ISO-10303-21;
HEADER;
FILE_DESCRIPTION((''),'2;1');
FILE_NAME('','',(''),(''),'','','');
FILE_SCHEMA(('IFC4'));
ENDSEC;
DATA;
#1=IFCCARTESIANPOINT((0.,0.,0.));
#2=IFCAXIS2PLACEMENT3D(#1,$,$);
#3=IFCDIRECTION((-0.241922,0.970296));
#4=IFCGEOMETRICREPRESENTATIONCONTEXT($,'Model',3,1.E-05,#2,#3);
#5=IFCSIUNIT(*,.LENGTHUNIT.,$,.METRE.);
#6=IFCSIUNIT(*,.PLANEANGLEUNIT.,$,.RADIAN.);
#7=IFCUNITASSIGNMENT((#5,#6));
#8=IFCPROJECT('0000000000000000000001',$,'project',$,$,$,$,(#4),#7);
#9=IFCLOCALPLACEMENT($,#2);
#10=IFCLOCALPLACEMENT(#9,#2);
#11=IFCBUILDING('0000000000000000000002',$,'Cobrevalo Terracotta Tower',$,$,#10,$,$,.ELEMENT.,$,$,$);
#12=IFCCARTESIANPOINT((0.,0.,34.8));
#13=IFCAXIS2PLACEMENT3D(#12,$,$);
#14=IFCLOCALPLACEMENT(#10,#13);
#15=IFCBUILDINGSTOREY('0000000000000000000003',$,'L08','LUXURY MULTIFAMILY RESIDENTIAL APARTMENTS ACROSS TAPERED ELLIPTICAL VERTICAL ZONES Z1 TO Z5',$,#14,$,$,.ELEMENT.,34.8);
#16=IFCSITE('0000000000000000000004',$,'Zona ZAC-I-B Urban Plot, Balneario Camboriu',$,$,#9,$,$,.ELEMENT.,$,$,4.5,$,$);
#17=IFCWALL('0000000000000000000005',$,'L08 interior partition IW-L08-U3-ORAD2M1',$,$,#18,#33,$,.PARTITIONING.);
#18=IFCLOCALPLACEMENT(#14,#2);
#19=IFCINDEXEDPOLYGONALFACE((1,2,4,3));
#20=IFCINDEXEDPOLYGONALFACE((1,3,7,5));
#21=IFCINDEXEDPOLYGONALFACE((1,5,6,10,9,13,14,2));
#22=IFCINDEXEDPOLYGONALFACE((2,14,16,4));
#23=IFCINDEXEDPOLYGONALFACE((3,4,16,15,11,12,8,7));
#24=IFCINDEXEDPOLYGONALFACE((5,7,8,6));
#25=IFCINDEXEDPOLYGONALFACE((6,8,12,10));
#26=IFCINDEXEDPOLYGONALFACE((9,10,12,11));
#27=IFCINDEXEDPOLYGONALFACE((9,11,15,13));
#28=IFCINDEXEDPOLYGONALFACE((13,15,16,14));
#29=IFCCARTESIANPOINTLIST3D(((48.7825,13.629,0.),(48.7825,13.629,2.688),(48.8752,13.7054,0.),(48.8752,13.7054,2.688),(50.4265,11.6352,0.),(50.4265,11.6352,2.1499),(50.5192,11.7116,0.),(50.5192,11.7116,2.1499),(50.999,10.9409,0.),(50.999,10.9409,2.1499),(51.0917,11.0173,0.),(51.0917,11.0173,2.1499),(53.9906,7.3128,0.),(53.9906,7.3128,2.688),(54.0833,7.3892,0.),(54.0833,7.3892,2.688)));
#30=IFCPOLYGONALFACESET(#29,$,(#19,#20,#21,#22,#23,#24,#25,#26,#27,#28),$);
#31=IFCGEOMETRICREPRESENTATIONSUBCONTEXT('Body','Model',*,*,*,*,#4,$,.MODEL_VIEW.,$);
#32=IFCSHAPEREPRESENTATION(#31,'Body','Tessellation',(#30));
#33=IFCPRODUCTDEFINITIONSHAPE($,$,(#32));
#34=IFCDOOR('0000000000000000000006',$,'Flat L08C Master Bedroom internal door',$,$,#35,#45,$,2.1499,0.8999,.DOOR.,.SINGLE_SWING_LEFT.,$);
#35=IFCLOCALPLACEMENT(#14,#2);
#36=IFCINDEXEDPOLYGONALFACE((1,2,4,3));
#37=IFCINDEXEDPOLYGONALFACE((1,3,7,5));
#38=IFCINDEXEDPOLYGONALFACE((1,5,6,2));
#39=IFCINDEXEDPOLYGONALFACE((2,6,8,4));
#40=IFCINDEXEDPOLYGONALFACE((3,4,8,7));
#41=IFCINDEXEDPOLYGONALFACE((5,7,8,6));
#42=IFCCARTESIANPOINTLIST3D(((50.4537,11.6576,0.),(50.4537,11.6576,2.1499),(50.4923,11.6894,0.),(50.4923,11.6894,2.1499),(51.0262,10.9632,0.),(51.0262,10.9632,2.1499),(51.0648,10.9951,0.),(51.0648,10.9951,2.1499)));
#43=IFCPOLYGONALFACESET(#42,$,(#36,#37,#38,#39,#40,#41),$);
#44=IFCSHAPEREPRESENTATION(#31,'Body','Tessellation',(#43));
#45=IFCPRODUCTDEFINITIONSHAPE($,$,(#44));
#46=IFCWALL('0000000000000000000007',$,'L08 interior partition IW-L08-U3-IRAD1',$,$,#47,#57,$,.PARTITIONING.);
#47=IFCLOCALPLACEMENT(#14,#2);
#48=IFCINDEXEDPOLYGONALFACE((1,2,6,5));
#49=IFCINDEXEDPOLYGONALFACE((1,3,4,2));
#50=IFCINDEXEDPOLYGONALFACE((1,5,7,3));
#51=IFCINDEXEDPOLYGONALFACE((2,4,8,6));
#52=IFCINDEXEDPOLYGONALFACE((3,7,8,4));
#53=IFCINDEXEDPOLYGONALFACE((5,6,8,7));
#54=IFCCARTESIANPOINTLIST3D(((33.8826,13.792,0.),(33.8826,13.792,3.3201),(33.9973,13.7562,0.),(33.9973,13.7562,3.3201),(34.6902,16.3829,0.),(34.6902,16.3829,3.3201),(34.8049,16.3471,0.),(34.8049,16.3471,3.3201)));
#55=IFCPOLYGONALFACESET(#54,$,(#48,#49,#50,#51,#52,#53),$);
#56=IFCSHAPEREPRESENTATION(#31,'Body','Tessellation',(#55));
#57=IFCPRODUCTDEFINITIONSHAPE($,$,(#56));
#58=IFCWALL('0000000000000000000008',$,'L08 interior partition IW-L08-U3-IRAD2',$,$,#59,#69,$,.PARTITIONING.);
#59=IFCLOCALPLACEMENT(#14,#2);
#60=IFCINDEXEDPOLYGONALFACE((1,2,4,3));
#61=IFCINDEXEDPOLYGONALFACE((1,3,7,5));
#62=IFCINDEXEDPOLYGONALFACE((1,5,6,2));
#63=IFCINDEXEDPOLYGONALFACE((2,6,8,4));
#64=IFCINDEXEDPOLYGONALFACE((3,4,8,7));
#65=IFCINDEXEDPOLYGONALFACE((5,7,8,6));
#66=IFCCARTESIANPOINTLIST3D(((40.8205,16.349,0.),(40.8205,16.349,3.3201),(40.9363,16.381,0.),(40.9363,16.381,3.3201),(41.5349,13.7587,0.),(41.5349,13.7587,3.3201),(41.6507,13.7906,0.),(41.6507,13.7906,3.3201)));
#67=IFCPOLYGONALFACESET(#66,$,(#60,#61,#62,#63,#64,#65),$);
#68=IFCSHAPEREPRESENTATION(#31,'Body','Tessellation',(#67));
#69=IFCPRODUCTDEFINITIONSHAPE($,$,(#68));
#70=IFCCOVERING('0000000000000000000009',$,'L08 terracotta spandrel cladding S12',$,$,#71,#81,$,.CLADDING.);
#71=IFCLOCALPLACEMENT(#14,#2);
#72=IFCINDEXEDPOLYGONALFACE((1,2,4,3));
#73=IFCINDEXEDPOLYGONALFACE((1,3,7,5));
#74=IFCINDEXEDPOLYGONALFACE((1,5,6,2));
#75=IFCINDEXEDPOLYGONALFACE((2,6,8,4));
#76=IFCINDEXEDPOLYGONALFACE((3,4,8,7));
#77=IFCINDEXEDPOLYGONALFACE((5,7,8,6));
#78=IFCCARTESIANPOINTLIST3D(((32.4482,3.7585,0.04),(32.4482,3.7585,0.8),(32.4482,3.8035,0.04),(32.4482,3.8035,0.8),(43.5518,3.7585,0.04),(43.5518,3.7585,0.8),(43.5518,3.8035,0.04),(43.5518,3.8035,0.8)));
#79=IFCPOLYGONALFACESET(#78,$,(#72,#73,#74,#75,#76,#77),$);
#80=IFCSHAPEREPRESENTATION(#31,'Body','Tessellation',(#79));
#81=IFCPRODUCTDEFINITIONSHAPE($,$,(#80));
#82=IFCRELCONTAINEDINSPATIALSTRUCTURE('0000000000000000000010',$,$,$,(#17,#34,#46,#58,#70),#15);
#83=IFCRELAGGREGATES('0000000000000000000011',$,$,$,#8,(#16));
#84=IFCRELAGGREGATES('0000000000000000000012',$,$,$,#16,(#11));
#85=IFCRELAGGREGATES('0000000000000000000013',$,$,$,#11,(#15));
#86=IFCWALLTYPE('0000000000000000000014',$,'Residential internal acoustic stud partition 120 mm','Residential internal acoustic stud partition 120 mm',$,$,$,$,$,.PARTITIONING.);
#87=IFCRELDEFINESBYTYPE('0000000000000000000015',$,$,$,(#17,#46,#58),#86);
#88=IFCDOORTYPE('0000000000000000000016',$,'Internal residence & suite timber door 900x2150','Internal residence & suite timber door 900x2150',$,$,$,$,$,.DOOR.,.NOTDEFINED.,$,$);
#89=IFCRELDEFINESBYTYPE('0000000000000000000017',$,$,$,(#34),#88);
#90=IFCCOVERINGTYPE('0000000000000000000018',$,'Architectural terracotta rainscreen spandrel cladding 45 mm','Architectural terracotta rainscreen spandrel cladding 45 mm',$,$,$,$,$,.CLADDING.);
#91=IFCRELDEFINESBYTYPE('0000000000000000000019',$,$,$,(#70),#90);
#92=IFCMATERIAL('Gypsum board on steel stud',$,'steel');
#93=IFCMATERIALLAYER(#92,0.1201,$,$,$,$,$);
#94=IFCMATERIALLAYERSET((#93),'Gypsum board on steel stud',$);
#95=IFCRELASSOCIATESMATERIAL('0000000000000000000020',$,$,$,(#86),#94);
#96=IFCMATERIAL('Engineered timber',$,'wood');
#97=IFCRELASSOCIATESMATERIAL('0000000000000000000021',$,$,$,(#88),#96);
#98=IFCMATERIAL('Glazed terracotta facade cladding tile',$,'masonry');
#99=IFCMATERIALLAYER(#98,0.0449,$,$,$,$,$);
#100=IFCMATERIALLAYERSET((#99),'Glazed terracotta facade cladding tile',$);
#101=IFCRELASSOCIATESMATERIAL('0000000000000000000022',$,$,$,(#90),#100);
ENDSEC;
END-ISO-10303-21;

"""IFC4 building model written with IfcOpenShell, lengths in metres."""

from ifc_helpers import new_model, si_unit, direction, frame, frame_2d, origin, origin_2d, place, context, subcontext, project, spatial, rectangle, extrude, source, transform, mapped, material, layer, layer_set, type_object, element, fill, save


model = new_model("IFC4")

# Units and contexts
model_context = context("Model", 3, precision=1e-05, world=origin(), true_north=direction((-0.241922, 0.970296)))
body_context = subcontext(model_context, "Body", "Model", "MODEL_VIEW")
ifc_project = project(units=[si_unit("LENGTHUNIT", "METRE"), si_unit("PLANEANGLEUNIT", "RADIAN")], contexts=[model_context])

# Site, building, storey
site_placement = place(None, origin())
site = spatial("IfcSite", under=ifc_project, at=site_placement, Name="Zona ZAC-I-B Urban Plot, Balneario Camboriu", CompositionType="ELEMENT", RefElevation=4.5)
building_placement = place(site_placement, origin())
building = spatial("IfcBuilding", under=site, at=building_placement, Name="Cobrevalo Terracotta Tower", CompositionType="ELEMENT")
storey_placement = place(building_placement, frame((0.0, 0.0, 34.8)))
storey = spatial("IfcBuildingStorey", under=building, at=storey_placement, Name="L08", Description="LUXURY MULTIFAMILY RESIDENTIAL APARTMENTS ACROSS TAPERED ELLIPTICAL VERTICAL ZONES Z1 TO Z5", CompositionType="ELEMENT", Elevation=34.8)

# Wall, opening, door
ifc_material_1 = material(Name="Gypsum board on steel stud", Category="steel")
ifc_layer_1 = layer(ifc_material_1, 0.1201)
ifc_layer_set_1 = layer_set([ifc_layer_1], Name="Gypsum board on steel stud")
wall_type = type_object("IfcWallType", Name="Residential internal acoustic stud partition 120 mm", Description="Residential internal acoustic stud partition 120 mm", PredefinedType="PARTITIONING", material=ifc_layer_set_1)
ifc_material_2 = material(Name="Engineered timber", Category="wood")
door_type_1 = type_object("IfcDoorType", Name="Internal residence & suite timber door 900x2150", Description="Internal residence & suite timber door 900x2150", OperationType="NOTDEFINED", PredefinedType="DOOR", material=ifc_material_2)
shared_shape_1 = source(origin(), body_context, "Body", "SweptSolid", [
    extrude(rectangle(XDim=0.8999, YDim=2.1499, at=frame_2d((0.45, 1.075))), frame((0.0, 0.0249, 0.0), z_axis=(0.0, -1.0, 0.0), x_axis=(1.0, 0.0, 0.0)), (0.0, 0.0, 1.0), 0.05),
])
wall_1_placement = place(storey_placement, frame((48.8289, 13.6672, 0.0), z_axis=(0.0, 0.0, 1.0), x_axis=(0.636178, -0.771543, 0.0)))
wall_1 = element("IfcWall", 1, at=wall_1_placement, inside=storey, type_object=wall_type, Name="L08 interior partition IW-L08-U3-ORAD2M1", PredefinedType="PARTITIONING", context=body_context, shape_type="SweptSolid", body=[
    extrude(rectangle(XDim=8.1865, YDim=0.1201, at=frame_2d((4.0933, 0.0))), origin(), (0.0, 0.0, 1.0), 2.688),
])
opening_1_placement = place(wall_1_placement, frame((2.5842, 0.0, 0.0)))
opening_1 = element("IfcOpeningElement", 2, at=opening_1_placement, cuts=wall_1, PredefinedType="OPENING", context=body_context, shape_type="SweptSolid", body=[
    extrude(rectangle(XDim=0.8999, YDim=2.1499, at=frame_2d((0.45, 1.075))), frame((0.0, 0.0701, 0.0), z_axis=(0.0, -1.0, 0.0), x_axis=(1.0, 0.0, 0.0)), (0.0, 0.0, 1.0), 0.1401),
])
door_1_placement = place(opening_1_placement, frame((0.8999, 0.0, 0.0), z_axis=(0.0, 0.0, 1.0), x_axis=(-1.0, 0.0, 0.0)))
door_1 = element("IfcDoor", 3, at=door_1_placement, inside=storey, type_object=door_type_1, Name="Flat L08C Master Bedroom internal door", OperationType="SINGLE_SWING_LEFT", OverallHeight=2.1499, OverallWidth=0.8999, PredefinedType="DOOR", context=body_context, shape_type="MappedRepresentation", body=[
    mapped(shared_shape_1, transform((0.0, 0.0, 0.0), scale=1.0)),
])
fill(opening_1, door_1)

# Walls
wall_2_placement = place(storey_placement, frame((34.7476, 16.365, 0.0), z_axis=(0.0, 0.0, 1.0), x_axis=(-0.297599, -0.954691, 0.0)))
element("IfcWall", 4, at=wall_2_placement, inside=storey, type_object=wall_type, Name="L08 interior partition IW-L08-U3-IRAD1", PredefinedType="PARTITIONING", context=body_context, shape_type="SweptSolid", body=[
    extrude(rectangle(XDim=2.7139, YDim=0.1201, at=frame_2d((1.3569, 0.0))), origin(), (0.0, 0.0, 1.0), 3.3201),
])
wall_3_placement = place(storey_placement, frame((40.8784, 16.365, 0.0), z_axis=(0.0, 0.0, 1.0), x_axis=(0.265853, -0.964013, 0.0)))
element("IfcWall", 5, at=wall_3_placement, inside=storey, type_object=wall_type, Name="L08 interior partition IW-L08-U3-IRAD2", PredefinedType="PARTITIONING", context=body_context, shape_type="SweptSolid", body=[
    extrude(rectangle(XDim=2.687, YDim=0.1201, at=frame_2d((1.3435, 0.0))), origin(), (0.0, 0.0, 1.0), 3.3201),
])

# Covering
ifc_material_3 = material(Name="Glazed terracotta facade cladding tile", Category="masonry")
ifc_layer_2 = layer(ifc_material_3, 0.0449)
ifc_layer_set_2 = layer_set([ifc_layer_2], Name="Glazed terracotta facade cladding tile")
covering_type = type_object("IfcCoveringType", Name="Architectural terracotta rainscreen spandrel cladding 45 mm", Description="Architectural terracotta rainscreen spandrel cladding 45 mm", PredefinedType="CLADDING", material=ifc_layer_set_2)
shared_shape_2 = source(origin(), body_context, "Body", "SweptSolid", [
    extrude(rectangle(XDim=11.1035, YDim=0.0449, at=origin_2d()), origin(), (0.0, 0.0, 1.0), 0.76),
])
covering_placement = place(storey_placement, frame((38.0, 3.781, 0.04), z_axis=(0.0, 0.0, 1.0), x_axis=(1.0, 0.0, 0.0)))
element("IfcCovering", 6, at=covering_placement, inside=storey, type_object=covering_type, Name="L08 terracotta spandrel cladding S12", PredefinedType="CLADDING", context=body_context, shape_type="MappedRepresentation", body=[
    mapped(shared_shape_2, transform((0.0, 0.0, 0.0), scale=1.0)),
])

save(model, "model.ifc")
